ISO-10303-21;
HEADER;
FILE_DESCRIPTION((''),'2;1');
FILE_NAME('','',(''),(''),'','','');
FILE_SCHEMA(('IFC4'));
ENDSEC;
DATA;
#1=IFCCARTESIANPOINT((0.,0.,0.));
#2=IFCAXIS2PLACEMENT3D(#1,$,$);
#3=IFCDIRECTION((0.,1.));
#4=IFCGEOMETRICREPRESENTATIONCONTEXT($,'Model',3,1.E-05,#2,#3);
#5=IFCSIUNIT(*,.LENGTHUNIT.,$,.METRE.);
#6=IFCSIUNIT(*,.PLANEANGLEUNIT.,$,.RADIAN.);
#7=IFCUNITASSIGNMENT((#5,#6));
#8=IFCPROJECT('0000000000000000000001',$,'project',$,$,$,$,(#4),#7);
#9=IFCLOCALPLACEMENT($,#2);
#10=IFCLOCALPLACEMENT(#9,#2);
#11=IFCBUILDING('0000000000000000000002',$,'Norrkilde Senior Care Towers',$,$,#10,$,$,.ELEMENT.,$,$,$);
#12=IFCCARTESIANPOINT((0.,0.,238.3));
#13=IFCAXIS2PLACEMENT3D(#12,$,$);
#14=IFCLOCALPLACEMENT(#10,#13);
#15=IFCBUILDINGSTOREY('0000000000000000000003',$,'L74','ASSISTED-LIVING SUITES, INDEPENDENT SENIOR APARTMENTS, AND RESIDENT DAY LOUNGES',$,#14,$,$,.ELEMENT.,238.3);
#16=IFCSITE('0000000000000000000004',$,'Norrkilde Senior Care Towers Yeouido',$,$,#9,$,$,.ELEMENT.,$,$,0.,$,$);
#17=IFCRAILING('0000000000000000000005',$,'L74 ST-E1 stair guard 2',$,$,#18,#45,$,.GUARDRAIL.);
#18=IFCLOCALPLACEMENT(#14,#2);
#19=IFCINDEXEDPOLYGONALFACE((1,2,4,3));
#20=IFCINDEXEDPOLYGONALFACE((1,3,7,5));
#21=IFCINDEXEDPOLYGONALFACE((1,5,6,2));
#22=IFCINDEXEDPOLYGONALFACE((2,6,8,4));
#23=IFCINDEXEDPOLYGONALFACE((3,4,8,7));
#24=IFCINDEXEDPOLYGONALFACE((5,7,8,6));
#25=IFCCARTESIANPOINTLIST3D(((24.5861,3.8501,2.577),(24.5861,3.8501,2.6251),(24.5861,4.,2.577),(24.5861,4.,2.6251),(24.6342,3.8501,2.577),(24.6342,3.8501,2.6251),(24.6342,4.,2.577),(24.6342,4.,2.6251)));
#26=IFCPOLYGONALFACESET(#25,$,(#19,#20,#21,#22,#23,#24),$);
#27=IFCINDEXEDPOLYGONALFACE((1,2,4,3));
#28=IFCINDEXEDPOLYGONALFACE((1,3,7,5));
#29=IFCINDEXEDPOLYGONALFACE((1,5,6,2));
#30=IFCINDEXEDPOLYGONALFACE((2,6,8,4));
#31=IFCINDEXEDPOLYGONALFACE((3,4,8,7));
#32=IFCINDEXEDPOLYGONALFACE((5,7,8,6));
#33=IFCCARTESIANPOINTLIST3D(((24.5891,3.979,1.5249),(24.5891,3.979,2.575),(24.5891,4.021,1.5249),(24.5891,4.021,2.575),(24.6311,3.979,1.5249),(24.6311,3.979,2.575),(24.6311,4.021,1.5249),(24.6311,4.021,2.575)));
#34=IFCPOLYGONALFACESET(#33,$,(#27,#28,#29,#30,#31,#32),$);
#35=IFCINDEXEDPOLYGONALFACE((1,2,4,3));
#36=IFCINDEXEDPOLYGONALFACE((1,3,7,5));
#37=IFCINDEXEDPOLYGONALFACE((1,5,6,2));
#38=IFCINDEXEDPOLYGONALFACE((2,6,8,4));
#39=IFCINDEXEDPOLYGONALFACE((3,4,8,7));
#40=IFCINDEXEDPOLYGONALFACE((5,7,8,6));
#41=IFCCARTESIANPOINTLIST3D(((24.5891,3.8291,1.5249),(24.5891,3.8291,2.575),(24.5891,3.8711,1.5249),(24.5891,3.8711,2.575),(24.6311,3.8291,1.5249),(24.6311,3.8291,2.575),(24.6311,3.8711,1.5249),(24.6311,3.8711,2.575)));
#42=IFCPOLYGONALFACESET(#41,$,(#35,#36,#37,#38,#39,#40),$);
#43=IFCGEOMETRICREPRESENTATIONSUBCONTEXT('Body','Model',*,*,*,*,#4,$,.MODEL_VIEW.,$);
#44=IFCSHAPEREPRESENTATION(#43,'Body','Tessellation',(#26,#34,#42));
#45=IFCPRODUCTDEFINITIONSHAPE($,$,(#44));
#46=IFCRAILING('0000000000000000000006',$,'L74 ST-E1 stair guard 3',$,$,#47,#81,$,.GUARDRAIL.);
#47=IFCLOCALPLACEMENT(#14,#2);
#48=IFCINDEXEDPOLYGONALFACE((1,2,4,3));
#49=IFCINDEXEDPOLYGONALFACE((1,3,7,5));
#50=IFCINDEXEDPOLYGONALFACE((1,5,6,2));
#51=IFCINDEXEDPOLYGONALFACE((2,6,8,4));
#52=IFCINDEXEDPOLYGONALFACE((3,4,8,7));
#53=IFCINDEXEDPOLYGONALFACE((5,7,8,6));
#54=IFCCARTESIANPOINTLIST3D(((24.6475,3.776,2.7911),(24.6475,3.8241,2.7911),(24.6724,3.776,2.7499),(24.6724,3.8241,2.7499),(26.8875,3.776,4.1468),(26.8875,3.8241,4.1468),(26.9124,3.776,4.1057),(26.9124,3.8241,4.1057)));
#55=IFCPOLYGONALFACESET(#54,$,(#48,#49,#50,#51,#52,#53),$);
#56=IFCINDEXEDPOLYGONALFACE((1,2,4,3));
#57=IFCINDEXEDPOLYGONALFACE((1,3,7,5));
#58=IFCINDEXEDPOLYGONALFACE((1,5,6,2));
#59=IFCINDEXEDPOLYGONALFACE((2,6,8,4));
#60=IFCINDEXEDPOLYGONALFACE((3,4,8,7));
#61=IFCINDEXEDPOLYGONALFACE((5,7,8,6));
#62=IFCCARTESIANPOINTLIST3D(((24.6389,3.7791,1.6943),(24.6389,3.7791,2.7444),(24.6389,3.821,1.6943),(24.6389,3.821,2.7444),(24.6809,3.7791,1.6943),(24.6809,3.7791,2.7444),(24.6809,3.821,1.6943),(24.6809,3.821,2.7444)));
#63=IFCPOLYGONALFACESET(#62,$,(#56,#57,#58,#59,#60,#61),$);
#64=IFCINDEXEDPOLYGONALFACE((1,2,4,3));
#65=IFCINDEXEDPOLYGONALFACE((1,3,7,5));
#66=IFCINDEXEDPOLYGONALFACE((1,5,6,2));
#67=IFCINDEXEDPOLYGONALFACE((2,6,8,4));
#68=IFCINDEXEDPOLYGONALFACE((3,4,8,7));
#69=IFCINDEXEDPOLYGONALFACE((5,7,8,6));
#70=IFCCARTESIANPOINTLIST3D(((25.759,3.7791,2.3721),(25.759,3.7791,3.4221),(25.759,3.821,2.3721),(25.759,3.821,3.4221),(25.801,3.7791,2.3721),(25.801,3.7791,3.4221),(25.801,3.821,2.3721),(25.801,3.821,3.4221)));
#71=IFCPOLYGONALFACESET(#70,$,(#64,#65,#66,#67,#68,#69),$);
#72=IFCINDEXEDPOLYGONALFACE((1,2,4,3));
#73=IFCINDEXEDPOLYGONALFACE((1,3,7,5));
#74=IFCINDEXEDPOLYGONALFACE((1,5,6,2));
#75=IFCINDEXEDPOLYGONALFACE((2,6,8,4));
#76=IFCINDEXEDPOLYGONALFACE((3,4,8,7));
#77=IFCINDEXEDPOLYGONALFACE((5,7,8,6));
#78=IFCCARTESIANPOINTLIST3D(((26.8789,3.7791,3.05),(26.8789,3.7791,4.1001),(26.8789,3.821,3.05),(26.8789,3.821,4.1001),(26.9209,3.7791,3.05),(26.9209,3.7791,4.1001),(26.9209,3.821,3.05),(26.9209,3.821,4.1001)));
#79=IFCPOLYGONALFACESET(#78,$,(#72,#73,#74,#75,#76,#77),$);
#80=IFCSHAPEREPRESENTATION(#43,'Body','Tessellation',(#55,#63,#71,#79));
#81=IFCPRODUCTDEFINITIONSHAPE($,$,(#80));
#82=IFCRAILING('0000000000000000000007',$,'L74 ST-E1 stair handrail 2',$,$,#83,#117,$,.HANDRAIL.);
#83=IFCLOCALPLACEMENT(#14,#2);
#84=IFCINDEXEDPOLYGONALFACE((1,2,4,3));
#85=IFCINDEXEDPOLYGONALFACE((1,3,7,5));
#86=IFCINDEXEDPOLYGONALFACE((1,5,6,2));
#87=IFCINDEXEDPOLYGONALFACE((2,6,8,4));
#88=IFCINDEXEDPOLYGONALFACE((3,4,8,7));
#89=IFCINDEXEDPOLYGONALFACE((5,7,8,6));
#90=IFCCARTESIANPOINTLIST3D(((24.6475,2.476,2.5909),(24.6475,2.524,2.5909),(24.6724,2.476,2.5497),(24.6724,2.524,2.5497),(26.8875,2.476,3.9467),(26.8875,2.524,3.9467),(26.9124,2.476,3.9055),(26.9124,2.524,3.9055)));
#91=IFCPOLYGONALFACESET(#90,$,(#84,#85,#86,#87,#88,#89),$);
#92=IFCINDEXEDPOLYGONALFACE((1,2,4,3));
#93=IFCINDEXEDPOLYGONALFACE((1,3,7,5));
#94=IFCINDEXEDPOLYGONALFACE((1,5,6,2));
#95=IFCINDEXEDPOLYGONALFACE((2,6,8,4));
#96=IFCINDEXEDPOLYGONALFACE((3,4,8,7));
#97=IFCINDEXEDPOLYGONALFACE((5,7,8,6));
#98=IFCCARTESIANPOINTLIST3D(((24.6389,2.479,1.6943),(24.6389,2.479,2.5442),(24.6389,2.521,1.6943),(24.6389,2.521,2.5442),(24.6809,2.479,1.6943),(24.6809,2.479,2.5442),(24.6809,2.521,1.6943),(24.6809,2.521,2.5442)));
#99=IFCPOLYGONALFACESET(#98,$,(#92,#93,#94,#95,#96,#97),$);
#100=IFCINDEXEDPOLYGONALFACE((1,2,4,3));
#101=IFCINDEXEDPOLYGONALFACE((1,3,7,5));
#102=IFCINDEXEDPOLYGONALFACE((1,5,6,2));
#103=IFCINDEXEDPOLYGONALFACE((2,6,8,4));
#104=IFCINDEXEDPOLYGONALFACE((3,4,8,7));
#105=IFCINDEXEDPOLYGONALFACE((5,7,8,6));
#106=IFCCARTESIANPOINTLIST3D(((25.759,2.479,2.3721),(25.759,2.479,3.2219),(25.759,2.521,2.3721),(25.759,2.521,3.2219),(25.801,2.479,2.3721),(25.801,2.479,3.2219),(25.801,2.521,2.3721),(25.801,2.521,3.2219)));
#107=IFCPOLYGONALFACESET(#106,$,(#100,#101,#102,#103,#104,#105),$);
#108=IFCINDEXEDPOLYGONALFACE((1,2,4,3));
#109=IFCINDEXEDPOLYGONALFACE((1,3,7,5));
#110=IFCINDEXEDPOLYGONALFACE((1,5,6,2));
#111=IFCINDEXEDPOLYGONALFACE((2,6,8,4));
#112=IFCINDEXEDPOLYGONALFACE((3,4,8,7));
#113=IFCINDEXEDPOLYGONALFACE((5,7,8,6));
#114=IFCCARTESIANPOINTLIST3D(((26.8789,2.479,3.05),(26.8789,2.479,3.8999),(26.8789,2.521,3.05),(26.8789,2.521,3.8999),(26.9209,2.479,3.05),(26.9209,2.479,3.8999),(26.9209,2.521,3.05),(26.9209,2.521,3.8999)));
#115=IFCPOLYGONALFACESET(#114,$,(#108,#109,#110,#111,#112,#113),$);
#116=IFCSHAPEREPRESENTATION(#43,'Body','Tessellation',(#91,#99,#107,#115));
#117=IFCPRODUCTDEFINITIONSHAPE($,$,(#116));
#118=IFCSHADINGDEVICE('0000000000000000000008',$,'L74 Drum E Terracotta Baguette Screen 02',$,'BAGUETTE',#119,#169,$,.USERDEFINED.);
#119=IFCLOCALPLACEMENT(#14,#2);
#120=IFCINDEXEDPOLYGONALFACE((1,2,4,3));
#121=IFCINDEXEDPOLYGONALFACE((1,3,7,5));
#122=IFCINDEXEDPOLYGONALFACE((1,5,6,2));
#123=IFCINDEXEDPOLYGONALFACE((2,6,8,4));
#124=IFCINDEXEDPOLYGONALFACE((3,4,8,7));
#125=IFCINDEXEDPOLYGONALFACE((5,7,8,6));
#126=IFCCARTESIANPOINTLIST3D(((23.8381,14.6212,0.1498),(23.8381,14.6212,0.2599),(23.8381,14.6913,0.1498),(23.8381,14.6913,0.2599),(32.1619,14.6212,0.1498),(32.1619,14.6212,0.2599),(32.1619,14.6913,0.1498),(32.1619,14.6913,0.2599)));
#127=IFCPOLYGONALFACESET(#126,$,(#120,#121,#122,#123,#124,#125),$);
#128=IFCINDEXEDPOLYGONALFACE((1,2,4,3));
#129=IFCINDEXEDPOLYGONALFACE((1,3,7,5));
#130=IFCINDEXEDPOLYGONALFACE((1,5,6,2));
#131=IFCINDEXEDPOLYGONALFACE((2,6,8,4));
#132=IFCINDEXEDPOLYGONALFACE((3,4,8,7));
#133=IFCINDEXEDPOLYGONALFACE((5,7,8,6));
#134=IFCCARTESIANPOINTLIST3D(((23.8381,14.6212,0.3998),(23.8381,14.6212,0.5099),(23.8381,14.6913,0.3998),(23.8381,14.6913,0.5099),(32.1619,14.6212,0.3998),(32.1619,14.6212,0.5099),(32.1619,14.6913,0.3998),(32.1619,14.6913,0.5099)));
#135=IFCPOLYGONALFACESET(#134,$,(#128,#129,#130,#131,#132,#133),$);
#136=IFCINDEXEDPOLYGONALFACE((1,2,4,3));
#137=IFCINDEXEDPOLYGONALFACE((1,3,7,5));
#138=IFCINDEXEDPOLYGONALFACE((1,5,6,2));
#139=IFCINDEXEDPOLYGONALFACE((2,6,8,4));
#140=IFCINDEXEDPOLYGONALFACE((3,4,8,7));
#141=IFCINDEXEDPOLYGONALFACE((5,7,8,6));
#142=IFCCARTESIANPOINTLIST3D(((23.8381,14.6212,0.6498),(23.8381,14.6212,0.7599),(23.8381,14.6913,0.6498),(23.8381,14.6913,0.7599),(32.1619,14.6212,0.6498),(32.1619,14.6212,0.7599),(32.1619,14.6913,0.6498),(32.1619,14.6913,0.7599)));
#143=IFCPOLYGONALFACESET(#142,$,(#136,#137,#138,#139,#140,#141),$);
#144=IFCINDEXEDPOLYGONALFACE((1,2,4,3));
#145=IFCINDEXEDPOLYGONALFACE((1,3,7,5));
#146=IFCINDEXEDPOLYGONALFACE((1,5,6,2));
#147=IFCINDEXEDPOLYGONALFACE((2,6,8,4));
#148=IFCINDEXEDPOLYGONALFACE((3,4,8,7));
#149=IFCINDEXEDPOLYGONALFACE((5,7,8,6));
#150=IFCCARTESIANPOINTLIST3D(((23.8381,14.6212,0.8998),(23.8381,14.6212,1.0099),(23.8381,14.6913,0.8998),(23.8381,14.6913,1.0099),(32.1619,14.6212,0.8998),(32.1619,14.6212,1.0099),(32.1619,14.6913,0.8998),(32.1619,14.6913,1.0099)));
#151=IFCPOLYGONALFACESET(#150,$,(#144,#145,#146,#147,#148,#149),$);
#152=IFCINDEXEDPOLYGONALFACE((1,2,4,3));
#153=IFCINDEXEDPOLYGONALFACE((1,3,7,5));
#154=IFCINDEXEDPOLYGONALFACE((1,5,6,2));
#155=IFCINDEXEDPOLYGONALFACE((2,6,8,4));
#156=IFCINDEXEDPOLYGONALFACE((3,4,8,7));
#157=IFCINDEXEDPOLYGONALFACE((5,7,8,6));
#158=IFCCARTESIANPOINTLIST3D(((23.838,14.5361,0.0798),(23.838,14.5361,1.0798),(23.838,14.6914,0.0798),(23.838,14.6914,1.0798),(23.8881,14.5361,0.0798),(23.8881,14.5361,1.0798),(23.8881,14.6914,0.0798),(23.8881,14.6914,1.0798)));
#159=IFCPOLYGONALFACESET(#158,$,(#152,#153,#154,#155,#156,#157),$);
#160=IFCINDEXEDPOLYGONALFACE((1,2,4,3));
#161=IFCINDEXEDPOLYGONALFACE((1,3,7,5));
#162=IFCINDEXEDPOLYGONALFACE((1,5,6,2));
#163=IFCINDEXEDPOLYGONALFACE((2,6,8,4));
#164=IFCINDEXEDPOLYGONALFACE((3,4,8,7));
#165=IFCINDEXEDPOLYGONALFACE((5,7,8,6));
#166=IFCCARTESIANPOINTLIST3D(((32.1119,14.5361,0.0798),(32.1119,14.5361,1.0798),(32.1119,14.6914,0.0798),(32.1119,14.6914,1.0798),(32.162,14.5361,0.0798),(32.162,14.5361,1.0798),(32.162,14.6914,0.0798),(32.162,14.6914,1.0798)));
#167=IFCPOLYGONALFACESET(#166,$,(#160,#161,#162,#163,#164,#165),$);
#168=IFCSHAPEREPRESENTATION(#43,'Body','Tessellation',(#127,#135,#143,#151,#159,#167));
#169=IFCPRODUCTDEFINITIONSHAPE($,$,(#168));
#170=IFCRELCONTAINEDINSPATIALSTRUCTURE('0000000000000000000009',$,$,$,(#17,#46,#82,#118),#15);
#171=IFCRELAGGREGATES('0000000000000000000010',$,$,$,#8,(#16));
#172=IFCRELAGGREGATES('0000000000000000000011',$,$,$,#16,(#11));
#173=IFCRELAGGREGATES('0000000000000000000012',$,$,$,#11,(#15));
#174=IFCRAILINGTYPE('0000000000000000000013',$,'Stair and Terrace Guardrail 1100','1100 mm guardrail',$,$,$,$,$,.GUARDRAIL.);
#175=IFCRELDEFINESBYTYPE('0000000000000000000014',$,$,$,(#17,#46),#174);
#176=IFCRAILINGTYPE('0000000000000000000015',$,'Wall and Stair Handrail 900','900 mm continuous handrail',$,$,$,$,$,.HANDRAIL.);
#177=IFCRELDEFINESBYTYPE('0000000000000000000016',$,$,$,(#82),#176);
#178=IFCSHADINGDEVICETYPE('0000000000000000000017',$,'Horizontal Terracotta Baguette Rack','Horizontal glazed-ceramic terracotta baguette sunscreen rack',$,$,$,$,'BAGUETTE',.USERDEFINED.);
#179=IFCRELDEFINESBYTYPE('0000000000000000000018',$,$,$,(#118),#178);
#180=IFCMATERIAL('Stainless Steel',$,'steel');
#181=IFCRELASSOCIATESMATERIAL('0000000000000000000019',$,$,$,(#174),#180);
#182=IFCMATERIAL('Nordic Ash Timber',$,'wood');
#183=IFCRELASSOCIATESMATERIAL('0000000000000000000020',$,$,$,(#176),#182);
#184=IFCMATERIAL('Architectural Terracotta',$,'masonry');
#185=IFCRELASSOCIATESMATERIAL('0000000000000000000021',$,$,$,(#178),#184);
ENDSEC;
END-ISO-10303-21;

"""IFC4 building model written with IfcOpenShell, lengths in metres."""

from ifc_helpers import new_model, si_unit, direction, frame, origin, origin_2d, place, context, subcontext, project, spatial, rectangle, extrude, source, transform, mapped, material, type_object, type_shapes, element, save


model = new_model("IFC4")

# Units and contexts
model_context = context("Model", 3, precision=1e-05, world=origin(), true_north=direction((0.0, 1.0)))
body_context = subcontext(model_context, "Body", "Model", "MODEL_VIEW")
ifc_project = project(units=[si_unit("LENGTHUNIT", "METRE"), si_unit("PLANEANGLEUNIT", "RADIAN")], contexts=[model_context])

# Site, building, storey
site_placement = place(None, origin())
site = spatial("IfcSite", under=ifc_project, at=site_placement, Name="Norrkilde Senior Care Towers Yeouido", CompositionType="ELEMENT", RefElevation=0.0)
building_placement = place(site_placement, origin())
building = spatial("IfcBuilding", under=site, at=building_placement, Name="Norrkilde Senior Care Towers", CompositionType="ELEMENT")
storey_placement = place(building_placement, frame((0.0, 0.0, 238.3)))
storey = spatial("IfcBuildingStorey", under=building, at=storey_placement, Name="L74", Description="ASSISTED-LIVING SUITES, INDEPENDENT SENIOR APARTMENTS, AND RESIDENT DAY LOUNGES", CompositionType="ELEMENT", Elevation=238.3)

# Shared definitions
ifc_material_1 = material(Name="Nordic Ash Timber", Category="wood")

# Railings
ifc_material_2 = material(Name="Stainless Steel", Category="steel")
railing_type_1 = type_object("IfcRailingType", Name="Stair and Terrace Guardrail 1100", Description="1100 mm guardrail", PredefinedType="GUARDRAIL", material=ifc_material_2)
railing_1_placement = place(storey_placement, frame((24.6101, 4.0, 1.5249)))
element("IfcRailing", 1, at=railing_1_placement, inside=storey, type_object=railing_type_1, Name="L74 ST-E1 stair guard 2", PredefinedType="GUARDRAIL", context=body_context, shape_type="SweptSolid", body=[
    extrude(rectangle(XDim=0.0481, YDim=0.0481, at=origin_2d()), frame((0.0, 0.0, 1.0762), z_axis=(0.0, -1.0, 0.0), x_axis=(1.0, 0.0, 0.0)), (0.0, 0.0, 1.0), 0.1499),
    extrude(rectangle(XDim=0.042, YDim=0.042, at=origin_2d()), origin(), (0.0, 0.0, 1.0), 1.05),
    extrude(rectangle(XDim=0.042, YDim=0.042, at=origin_2d()), frame((0.0, -0.1499, 0.0)), (0.0, 0.0, 1.0), 1.05),
])
railing_2_placement = place(storey_placement, frame((24.6599, 3.8, 1.6943)))
element("IfcRailing", 2, at=railing_2_placement, inside=storey, type_object=railing_type_1, Name="L74 ST-E1 stair guard 3", PredefinedType="GUARDRAIL", context=body_context, shape_type="SweptSolid", body=[
    extrude(rectangle(XDim=0.0481, YDim=0.0481, at=origin_2d()), frame((0.0, 0.0, 1.0762), z_axis=(0.855512, 0.0, 0.517783), x_axis=(0.0, 1.0, 0.0)), (0.0, 0.0, 1.0), 2.6184),
    extrude(rectangle(XDim=0.042, YDim=0.042, at=origin_2d()), origin(), (0.0, 0.0, 1.0), 1.05),
    extrude(rectangle(XDim=0.042, YDim=0.042, at=origin_2d()), frame((1.1201, 0.0, 0.6777)), (0.0, 0.0, 1.0), 1.05),
    extrude(rectangle(XDim=0.042, YDim=0.042, at=origin_2d()), frame((2.24, 0.0, 1.3557)), (0.0, 0.0, 1.0), 1.05),
])
railing_type_2 = type_object("IfcRailingType", Name="Wall and Stair Handrail 900", Description="900 mm continuous handrail", PredefinedType="HANDRAIL", material=ifc_material_1)
railing_3_placement = place(storey_placement, frame((24.6599, 2.5, 1.6943)))
element("IfcRailing", 3, at=railing_3_placement, inside=storey, type_object=railing_type_2, Name="L74 ST-E1 stair handrail 2", PredefinedType="HANDRAIL", context=body_context, shape_type="SweptSolid", body=[
    extrude(rectangle(XDim=0.0481, YDim=0.0481, at=origin_2d()), frame((0.0, 0.0, 0.876), z_axis=(0.855512, 0.0, 0.517783), x_axis=(0.0, 1.0, 0.0)), (0.0, 0.0, 1.0), 2.6184),
    extrude(rectangle(XDim=0.042, YDim=0.042, at=origin_2d()), origin(), (0.0, 0.0, 1.0), 0.8499),
    extrude(rectangle(XDim=0.042, YDim=0.042, at=origin_2d()), frame((1.1201, 0.0, 0.6777)), (0.0, 0.0, 1.0), 0.8499),
    extrude(rectangle(XDim=0.042, YDim=0.042, at=origin_2d()), frame((2.24, 0.0, 1.3557)), (0.0, 0.0, 1.0), 0.8499),
])

# Shading device
ifc_material_3 = material(Name="Architectural Terracotta", Category="masonry")
shading_device_type = type_object("IfcShadingDeviceType", Name="Horizontal Terracotta Baguette Rack", Description="Horizontal glazed-ceramic terracotta baguette sunscreen rack", ElementType="BAGUETTE", PredefinedType="USERDEFINED", material=ifc_material_3)
shared_shape_1 = source(origin(), body_context, "Body", "SweptSolid", [
    extrude(rectangle(XDim=0.0701, YDim=0.1101, at=origin_2d()), frame((0.0, 0.0901, 0.125), z_axis=(1.0, 0.0, 0.0), x_axis=(0.0, 1.0, 0.0)), (0.0, 0.0, 1.0), 8.3237),
    extrude(rectangle(XDim=0.0701, YDim=0.1101, at=origin_2d()), frame((0.0, 0.0901, 0.375), z_axis=(1.0, 0.0, 0.0), x_axis=(0.0, 1.0, 0.0)), (0.0, 0.0, 1.0), 8.3237),
    extrude(rectangle(XDim=0.0701, YDim=0.1101, at=origin_2d()), frame((0.0, 0.0901, 0.625), z_axis=(1.0, 0.0, 0.0), x_axis=(0.0, 1.0, 0.0)), (0.0, 0.0, 1.0), 8.3237),
    extrude(rectangle(XDim=0.0701, YDim=0.1101, at=origin_2d()), frame((0.0, 0.0901, 0.875), z_axis=(1.0, 0.0, 0.0), x_axis=(0.0, 1.0, 0.0)), (0.0, 0.0, 1.0), 8.3237),
    extrude(rectangle(XDim=0.05, YDim=0.1553, at=origin_2d()), frame((0.0249, 0.0476, 0.0)), (0.0, 0.0, 1.0), 1.0),
    extrude(rectangle(XDim=0.05, YDim=0.1553, at=origin_2d()), frame((8.2988, 0.0476, 0.0)), (0.0, 0.0, 1.0), 1.0),
])
type_shapes(shading_device_type, [shared_shape_1])
shading_device_placement = place(storey_placement, frame((23.8381, 14.5662, 0.0798), z_axis=(0.0, 0.0, 1.0), x_axis=(1.0, 0.0, 0.0)))
element("IfcShadingDevice", 4, at=shading_device_placement, inside=storey, type_object=shading_device_type, Name="L74 Drum E Terracotta Baguette Screen 02", ObjectType="BAGUETTE", PredefinedType="USERDEFINED", context=body_context, shape_type="MappedRepresentation", body=[
    mapped(shared_shape_1, transform((0.0, 0.0, 0.0), x_axis=(1.0, 0.0, 0.0), y_axis=(0.0, 1.0, 0.0), z_axis=(0.0, 0.0, 1.0), scale=1.0)),
])

save(model, "model.ifc")
